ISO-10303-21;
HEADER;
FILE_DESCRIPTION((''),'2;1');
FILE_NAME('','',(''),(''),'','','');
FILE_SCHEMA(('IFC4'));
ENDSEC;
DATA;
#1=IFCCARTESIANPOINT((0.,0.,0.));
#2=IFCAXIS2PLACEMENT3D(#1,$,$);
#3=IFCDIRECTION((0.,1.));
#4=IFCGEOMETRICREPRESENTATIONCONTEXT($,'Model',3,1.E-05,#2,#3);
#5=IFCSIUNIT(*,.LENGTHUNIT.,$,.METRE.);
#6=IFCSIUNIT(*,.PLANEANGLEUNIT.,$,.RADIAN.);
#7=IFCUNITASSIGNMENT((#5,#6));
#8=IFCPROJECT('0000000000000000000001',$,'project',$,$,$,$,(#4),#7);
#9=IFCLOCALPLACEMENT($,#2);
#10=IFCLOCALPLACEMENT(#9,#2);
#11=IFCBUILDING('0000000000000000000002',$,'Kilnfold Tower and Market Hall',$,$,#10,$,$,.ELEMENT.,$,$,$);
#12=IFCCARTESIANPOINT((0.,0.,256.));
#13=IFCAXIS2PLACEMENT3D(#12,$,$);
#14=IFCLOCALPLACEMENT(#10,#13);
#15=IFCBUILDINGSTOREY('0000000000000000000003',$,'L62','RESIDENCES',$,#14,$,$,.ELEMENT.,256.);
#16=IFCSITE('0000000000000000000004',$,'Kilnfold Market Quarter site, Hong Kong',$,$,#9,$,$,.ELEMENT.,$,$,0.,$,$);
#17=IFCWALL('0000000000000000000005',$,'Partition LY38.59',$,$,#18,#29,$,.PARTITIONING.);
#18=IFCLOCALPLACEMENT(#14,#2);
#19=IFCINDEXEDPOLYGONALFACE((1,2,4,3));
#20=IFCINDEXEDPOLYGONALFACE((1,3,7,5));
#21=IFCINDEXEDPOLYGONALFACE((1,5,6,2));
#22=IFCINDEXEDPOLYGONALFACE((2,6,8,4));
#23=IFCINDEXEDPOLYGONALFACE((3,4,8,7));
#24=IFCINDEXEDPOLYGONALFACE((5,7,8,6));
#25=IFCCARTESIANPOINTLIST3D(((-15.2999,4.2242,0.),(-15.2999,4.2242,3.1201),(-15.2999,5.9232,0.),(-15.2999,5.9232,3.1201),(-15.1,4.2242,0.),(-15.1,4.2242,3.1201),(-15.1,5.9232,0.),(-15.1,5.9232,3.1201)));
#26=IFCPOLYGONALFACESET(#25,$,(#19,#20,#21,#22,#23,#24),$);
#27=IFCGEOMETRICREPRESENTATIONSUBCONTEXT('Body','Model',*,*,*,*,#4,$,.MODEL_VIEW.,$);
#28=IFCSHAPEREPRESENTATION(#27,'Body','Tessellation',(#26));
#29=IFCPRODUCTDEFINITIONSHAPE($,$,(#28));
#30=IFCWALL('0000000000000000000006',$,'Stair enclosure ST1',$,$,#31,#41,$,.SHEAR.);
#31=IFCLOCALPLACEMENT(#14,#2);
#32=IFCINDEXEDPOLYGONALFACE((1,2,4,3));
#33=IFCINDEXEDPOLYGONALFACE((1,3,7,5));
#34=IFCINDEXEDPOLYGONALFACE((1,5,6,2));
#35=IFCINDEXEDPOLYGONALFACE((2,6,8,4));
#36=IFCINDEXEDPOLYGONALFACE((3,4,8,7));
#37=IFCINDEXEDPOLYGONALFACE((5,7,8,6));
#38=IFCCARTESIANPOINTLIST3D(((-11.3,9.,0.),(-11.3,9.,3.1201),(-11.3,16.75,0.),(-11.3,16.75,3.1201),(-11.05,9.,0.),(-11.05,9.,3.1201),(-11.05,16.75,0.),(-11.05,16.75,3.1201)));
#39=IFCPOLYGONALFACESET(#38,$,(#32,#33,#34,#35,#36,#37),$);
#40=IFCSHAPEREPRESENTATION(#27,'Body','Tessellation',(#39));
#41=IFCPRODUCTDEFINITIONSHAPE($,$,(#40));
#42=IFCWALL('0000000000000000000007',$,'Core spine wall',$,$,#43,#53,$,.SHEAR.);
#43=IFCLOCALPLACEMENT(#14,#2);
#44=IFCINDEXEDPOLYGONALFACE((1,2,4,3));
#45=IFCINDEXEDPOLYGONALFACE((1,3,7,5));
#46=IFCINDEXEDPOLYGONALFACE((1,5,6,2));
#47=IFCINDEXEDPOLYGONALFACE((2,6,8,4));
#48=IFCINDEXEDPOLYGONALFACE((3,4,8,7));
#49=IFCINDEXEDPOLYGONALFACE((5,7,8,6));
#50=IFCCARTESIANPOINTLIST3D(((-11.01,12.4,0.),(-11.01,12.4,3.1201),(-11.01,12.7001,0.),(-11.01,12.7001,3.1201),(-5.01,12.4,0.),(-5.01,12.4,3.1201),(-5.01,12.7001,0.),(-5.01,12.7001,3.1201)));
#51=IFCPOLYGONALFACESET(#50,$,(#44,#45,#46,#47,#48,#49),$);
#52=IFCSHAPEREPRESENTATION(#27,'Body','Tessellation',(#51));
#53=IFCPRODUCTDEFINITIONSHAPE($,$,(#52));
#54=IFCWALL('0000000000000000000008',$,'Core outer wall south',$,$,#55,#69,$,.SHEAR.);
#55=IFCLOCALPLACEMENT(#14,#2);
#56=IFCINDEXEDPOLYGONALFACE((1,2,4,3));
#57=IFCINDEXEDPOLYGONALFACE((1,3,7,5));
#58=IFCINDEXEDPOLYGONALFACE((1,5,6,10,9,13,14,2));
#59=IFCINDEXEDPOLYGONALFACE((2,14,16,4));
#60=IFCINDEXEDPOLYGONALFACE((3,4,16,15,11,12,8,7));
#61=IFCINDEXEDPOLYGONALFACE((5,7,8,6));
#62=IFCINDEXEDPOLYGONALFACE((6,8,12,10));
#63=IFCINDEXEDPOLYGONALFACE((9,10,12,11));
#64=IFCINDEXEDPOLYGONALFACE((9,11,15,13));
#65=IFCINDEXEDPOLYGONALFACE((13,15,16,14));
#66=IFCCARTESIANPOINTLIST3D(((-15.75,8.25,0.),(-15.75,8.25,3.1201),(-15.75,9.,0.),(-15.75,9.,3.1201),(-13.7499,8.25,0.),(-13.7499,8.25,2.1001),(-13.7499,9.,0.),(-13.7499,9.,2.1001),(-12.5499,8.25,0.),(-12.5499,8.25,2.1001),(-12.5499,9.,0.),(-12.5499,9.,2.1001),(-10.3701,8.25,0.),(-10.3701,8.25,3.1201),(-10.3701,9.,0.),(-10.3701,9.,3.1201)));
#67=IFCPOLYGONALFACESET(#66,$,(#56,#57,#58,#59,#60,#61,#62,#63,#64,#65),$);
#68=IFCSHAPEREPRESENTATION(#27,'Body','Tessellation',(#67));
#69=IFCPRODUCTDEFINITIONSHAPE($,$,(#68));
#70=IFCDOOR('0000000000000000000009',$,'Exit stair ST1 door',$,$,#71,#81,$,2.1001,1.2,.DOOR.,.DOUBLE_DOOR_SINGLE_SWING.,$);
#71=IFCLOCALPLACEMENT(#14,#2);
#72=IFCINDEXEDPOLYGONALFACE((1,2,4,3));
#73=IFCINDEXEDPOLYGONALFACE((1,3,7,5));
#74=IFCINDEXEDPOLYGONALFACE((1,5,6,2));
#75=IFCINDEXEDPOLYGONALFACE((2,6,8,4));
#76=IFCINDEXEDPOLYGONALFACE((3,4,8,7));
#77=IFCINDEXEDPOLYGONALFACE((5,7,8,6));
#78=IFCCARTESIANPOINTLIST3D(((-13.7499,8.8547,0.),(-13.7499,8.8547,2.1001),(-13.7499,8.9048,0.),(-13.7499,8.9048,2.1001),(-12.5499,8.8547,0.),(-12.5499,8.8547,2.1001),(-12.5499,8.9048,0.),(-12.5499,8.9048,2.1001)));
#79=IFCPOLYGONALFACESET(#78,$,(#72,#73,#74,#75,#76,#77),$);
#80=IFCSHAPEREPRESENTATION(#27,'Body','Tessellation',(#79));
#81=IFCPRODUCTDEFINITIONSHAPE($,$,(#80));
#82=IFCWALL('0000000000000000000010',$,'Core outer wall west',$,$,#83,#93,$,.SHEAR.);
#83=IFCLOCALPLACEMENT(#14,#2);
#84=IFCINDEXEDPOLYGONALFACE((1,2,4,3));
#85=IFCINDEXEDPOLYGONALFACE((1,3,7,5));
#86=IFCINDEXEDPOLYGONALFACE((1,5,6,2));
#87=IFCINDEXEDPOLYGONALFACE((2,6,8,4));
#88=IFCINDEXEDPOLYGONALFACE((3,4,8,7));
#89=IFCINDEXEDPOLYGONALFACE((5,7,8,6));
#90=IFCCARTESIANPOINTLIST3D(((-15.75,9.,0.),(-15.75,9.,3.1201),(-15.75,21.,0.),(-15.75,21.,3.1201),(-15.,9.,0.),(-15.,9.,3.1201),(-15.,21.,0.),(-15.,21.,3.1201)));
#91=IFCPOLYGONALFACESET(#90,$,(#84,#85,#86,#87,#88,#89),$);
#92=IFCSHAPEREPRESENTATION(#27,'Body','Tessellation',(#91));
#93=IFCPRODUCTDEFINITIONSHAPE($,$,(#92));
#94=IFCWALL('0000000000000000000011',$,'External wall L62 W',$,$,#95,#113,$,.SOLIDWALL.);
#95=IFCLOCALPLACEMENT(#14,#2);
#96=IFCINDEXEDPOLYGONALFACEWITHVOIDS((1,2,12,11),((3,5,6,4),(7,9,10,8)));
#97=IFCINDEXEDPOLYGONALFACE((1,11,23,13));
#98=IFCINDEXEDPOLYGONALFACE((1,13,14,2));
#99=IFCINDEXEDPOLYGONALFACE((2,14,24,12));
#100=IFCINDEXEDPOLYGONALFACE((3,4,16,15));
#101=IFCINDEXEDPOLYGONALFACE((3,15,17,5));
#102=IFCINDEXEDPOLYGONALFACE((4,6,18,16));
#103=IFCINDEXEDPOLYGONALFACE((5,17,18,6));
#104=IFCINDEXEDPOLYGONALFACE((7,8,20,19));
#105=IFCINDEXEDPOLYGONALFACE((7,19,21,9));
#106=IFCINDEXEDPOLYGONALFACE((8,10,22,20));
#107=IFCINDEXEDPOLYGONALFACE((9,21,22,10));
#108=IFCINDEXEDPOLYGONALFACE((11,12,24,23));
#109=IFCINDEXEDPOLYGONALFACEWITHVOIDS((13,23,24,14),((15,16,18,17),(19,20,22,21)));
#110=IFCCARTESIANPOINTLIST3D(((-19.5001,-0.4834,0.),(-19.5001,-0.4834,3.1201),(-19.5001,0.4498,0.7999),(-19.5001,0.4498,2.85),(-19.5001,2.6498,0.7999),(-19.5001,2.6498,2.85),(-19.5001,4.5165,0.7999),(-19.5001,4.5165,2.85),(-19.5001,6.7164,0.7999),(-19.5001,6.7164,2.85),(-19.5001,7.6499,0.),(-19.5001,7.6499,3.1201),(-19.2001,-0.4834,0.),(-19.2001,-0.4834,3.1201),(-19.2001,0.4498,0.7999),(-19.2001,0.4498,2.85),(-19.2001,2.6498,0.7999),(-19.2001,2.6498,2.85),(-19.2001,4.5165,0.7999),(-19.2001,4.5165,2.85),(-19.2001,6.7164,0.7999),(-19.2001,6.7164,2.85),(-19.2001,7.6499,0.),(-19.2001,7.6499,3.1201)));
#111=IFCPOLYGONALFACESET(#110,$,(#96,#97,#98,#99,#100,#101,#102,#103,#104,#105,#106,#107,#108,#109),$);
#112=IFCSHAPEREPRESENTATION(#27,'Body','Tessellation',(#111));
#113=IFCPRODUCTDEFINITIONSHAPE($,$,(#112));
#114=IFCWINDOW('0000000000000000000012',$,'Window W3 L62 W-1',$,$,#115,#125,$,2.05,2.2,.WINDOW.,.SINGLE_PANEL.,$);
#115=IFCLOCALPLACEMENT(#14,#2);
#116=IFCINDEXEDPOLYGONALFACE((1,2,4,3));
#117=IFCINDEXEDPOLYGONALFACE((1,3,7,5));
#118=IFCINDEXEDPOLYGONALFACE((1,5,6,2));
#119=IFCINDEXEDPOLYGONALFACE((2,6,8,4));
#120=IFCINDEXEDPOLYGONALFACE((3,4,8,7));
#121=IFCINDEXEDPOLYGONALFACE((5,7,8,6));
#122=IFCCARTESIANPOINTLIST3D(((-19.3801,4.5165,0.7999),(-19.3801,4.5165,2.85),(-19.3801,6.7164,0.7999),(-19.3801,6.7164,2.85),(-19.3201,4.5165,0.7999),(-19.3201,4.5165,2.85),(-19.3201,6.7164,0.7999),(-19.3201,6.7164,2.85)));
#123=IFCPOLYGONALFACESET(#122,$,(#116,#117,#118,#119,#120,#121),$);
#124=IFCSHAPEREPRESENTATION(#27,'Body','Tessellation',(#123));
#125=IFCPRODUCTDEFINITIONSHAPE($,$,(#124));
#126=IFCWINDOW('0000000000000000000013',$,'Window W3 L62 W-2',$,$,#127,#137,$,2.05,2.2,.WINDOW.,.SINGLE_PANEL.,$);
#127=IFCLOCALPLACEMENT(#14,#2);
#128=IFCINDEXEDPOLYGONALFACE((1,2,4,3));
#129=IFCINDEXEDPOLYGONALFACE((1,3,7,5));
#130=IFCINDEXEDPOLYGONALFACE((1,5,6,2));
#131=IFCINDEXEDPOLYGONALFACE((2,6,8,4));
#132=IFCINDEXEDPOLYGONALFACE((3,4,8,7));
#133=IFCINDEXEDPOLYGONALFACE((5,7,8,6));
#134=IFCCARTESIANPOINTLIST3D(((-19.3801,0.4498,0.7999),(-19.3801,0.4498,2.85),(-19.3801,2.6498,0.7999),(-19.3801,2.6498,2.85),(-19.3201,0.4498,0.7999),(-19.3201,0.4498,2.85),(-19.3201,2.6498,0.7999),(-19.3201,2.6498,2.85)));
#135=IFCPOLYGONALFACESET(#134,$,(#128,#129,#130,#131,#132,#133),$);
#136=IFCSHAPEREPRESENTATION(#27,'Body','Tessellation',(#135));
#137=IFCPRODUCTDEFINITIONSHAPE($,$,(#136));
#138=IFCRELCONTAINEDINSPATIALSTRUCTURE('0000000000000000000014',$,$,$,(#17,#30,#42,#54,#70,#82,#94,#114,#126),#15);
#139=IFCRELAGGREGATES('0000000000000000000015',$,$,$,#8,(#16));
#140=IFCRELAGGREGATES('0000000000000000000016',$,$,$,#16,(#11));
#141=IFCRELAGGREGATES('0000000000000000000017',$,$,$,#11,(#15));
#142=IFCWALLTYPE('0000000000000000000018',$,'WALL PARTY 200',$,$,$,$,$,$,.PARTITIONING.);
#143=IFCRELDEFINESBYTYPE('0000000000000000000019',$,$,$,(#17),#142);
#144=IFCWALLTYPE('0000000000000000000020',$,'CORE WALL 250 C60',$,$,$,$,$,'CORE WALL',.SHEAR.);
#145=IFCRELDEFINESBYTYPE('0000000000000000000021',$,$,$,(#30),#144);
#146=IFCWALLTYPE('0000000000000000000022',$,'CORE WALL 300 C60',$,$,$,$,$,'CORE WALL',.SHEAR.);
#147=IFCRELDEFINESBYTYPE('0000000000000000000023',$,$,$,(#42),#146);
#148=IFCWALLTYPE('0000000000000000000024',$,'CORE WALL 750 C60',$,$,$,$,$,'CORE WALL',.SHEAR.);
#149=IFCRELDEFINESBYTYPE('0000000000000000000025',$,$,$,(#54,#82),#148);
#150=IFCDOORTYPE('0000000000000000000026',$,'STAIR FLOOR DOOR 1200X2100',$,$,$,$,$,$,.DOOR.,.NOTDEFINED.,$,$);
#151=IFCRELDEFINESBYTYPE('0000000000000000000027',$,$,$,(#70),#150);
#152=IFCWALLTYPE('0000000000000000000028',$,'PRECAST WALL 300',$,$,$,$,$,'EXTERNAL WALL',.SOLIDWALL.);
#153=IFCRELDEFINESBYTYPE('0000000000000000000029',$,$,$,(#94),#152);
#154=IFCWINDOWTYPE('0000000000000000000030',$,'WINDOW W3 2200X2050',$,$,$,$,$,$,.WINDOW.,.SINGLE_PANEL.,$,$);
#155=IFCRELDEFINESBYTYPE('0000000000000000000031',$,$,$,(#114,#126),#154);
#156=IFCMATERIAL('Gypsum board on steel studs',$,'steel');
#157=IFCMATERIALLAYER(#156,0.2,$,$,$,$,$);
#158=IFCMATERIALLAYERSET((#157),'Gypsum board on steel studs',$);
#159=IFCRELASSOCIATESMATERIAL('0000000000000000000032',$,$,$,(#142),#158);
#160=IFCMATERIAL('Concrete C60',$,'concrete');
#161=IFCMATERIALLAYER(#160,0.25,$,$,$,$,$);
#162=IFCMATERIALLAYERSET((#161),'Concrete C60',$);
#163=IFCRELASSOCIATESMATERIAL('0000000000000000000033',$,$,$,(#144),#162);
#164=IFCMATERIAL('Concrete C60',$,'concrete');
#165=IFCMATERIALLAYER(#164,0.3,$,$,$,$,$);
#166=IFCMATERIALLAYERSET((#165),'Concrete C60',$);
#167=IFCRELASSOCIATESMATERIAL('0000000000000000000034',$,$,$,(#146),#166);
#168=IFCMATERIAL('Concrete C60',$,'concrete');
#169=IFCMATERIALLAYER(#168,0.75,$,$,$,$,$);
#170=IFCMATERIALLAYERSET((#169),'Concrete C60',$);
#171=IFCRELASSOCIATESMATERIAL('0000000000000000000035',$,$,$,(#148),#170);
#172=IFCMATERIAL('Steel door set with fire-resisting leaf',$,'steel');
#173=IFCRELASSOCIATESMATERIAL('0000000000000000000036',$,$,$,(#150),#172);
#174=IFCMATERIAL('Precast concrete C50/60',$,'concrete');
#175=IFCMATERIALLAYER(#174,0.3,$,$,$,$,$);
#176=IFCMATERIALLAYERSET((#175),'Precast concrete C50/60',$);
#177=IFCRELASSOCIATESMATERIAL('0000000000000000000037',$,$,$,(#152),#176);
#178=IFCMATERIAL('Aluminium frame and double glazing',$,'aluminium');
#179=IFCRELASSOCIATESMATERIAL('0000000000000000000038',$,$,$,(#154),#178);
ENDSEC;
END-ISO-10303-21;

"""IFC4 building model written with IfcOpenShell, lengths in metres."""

from ifc_helpers import new_model, si_unit, direction, frame, frame_2d, origin, place, context, subcontext, project, spatial, rectangle, extrude, source, transform, mapped, material, layer, layer_set, type_object, element, fill, save


model = new_model("IFC4")

# Units and contexts
model_context = context("Model", 3, precision=1e-05, world=origin(), true_north=direction((0.0, 1.0)))
body_context = subcontext(model_context, "Body", "Model", "MODEL_VIEW")
ifc_project = project(units=[si_unit("LENGTHUNIT", "METRE"), si_unit("PLANEANGLEUNIT", "RADIAN")], contexts=[model_context])

# Site, building, storey
site_placement = place(None, origin())
site = spatial("IfcSite", under=ifc_project, at=site_placement, Name="Kilnfold Market Quarter site, Hong Kong", CompositionType="ELEMENT", RefElevation=0.0)
building_placement = place(site_placement, origin())
building = spatial("IfcBuilding", under=site, at=building_placement, Name="Kilnfold Tower and Market Hall", CompositionType="ELEMENT")
storey_placement = place(building_placement, frame((0.0, 0.0, 256.0)))
storey = spatial("IfcBuildingStorey", under=building, at=storey_placement, Name="L62", Description="RESIDENCES", CompositionType="ELEMENT", Elevation=256.0)

# Walls
ifc_material_1 = material(Name="Gypsum board on steel studs", Category="steel")
ifc_layer_1 = layer(ifc_material_1, 0.2)
ifc_layer_set_1 = layer_set([ifc_layer_1], Name="Gypsum board on steel studs")
wall_type_1 = type_object("IfcWallType", Name="WALL PARTY 200", PredefinedType="PARTITIONING", material=ifc_layer_set_1)
wall_1_placement = place(storey_placement, frame((-15.2, 4.2241, 0.0), z_axis=(0.0, 0.0, 1.0), x_axis=(0.0, 1.0, 0.0)))
element("IfcWall", 1, at=wall_1_placement, inside=storey, type_object=wall_type_1, Name="Partition LY38.59", PredefinedType="PARTITIONING", context=body_context, shape_type="SweptSolid", body=[
    extrude(rectangle(XDim=1.699, YDim=0.2, at=frame_2d((0.8496, 0.0))), origin(), (0.0, 0.0, 1.0), 3.1201),
])
ifc_material_2 = material(Name="Concrete C60", Category="concrete")
ifc_layer_2 = layer(ifc_material_2, 0.25)
ifc_layer_set_2 = layer_set([ifc_layer_2], Name="Concrete C60")
wall_type_2 = type_object("IfcWallType", Name="CORE WALL 250 C60", ElementType="CORE WALL", PredefinedType="SHEAR", material=ifc_layer_set_2)
shared_shape_1 = source(origin(), body_context, "Body", "SweptSolid", [
    extrude(rectangle(XDim=7.75, YDim=0.25, at=frame_2d((3.875, 0.0))), origin(), (0.0, 0.0, 1.0), 3.1201),
])
wall_2_placement = place(storey_placement, frame((-11.175, 9.0, 0.0), z_axis=(0.0, 0.0, 1.0), x_axis=(0.0, 1.0, 0.0)))
element("IfcWall", 2, at=wall_2_placement, inside=storey, type_object=wall_type_2, Name="Stair enclosure ST1", PredefinedType="SHEAR", context=body_context, shape_type="MappedRepresentation", body=[
    mapped(shared_shape_1, transform((0.0, 0.0, 0.0))),
])
ifc_material_3 = material(Name="Concrete C60", Category="concrete")
ifc_layer_3 = layer(ifc_material_3, 0.3)
ifc_layer_set_3 = layer_set([ifc_layer_3], Name="Concrete C60")
wall_type_3 = type_object("IfcWallType", Name="CORE WALL 300 C60", ElementType="CORE WALL", PredefinedType="SHEAR", material=ifc_layer_set_3)
shared_shape_2 = source(origin(), body_context, "Body", "SweptSolid", [
    extrude(rectangle(XDim=6.0, YDim=0.3, at=frame_2d((3.0, 0.0))), origin(), (0.0, 0.0, 1.0), 3.1201),
])
wall_3_placement = place(storey_placement, frame((-11.01, 12.55, 0.0), z_axis=(0.0, 0.0, 1.0), x_axis=(1.0, 0.0, 0.0)))
element("IfcWall", 3, at=wall_3_placement, inside=storey, type_object=wall_type_3, Name="Core spine wall", PredefinedType="SHEAR", context=body_context, shape_type="MappedRepresentation", body=[
    mapped(shared_shape_2, transform((0.0, 0.0, 0.0))),
])

# Wall, opening, door
ifc_material_4 = material(Name="Concrete C60", Category="concrete")
ifc_layer_4 = layer(ifc_material_4, 0.75)
ifc_layer_set_4 = layer_set([ifc_layer_4], Name="Concrete C60")
wall_type_4 = type_object("IfcWallType", Name="CORE WALL 750 C60", ElementType="CORE WALL", PredefinedType="SHEAR", material=ifc_layer_set_4)
shared_shape_3 = source(origin(), body_context, "Body", "SweptSolid", [
    extrude(rectangle(XDim=5.3799, YDim=0.75, at=frame_2d((2.6899, 0.0))), origin(), (0.0, 0.0, 1.0), 3.1201),
])
wall_4_placement = place(storey_placement, frame((-15.75, 8.625, 0.0), z_axis=(0.0, 0.0, 1.0), x_axis=(1.0, 0.0, 0.0)))
wall_4 = element("IfcWall", 4, at=wall_4_placement, inside=storey, type_object=wall_type_4, Name="Core outer wall south", PredefinedType="SHEAR", context=body_context, shape_type="MappedRepresentation", body=[
    mapped(shared_shape_3, transform((0.0, 0.0, 0.0))),
])
opening_1_placement = place(wall_4_placement, frame((2.0, 0.0, 0.0)))
opening_1 = element("IfcOpeningElement", 5, at=opening_1_placement, cuts=wall_4, PredefinedType="OPENING", context=body_context, shape_type="SweptSolid", body=[
    extrude(rectangle(XDim=1.2, YDim=2.1001, at=frame_2d((0.6001, 1.05))), frame((0.0, 0.385, 0.0), z_axis=(0.0, -1.0, 0.0), x_axis=(1.0, 0.0, 0.0)), (0.0, 0.0, 1.0), 0.77),
])
ifc_material_5 = material(Name="Steel door set with fire-resisting leaf", Category="steel")
door_type_1 = type_object("IfcDoorType", Name="STAIR FLOOR DOOR 1200X2100", OperationType="NOTDEFINED", PredefinedType="DOOR", material=ifc_material_5)
door_1_placement = place(opening_1_placement, origin())
door_1 = element("IfcDoor", 6, at=door_1_placement, inside=storey, type_object=door_type_1, Name="Exit stair ST1 door", OperationType="DOUBLE_DOOR_SINGLE_SWING", OverallHeight=2.1001, OverallWidth=1.2, PredefinedType="DOOR", context=body_context, shape_type="SweptSolid", body=[
    extrude(rectangle(XDim=1.2, YDim=2.1001, at=frame_2d((0.6001, 1.05))), frame((0.0, 0.2798, 0.0), z_axis=(0.0, -1.0, 0.0), x_axis=(1.0, 0.0, 0.0)), (0.0, 0.0, 1.0), 0.05),
])
fill(opening_1, door_1)

# Wall
shared_shape_4 = source(origin(), body_context, "Body", "SweptSolid", [
    extrude(rectangle(XDim=12.0, YDim=0.75, at=frame_2d((6.0, 0.0))), origin(), (0.0, 0.0, 1.0), 3.1201),
])
wall_5_placement = place(storey_placement, frame((-15.375, 9.0, 0.0), z_axis=(0.0, 0.0, 1.0), x_axis=(0.0, 1.0, 0.0)))
element("IfcWall", 7, at=wall_5_placement, inside=storey, type_object=wall_type_4, Name="Core outer wall west", PredefinedType="SHEAR", context=body_context, shape_type="MappedRepresentation", body=[
    mapped(shared_shape_4, transform((0.0, 0.0, 0.0))),
])

# Wall, openings, windows
ifc_material_6 = material(Name="Precast concrete C50/60", Category="concrete")
ifc_layer_5 = layer(ifc_material_6, 0.3)
ifc_layer_set_5 = layer_set([ifc_layer_5], Name="Precast concrete C50/60")
wall_type_5 = type_object("IfcWallType", Name="PRECAST WALL 300", ElementType="EXTERNAL WALL", PredefinedType="SOLIDWALL", material=ifc_layer_set_5)
shared_shape_5 = source(origin(), body_context, "Body", "SweptSolid", [
    extrude(rectangle(XDim=8.1333, YDim=0.3, at=frame_2d((4.0667, 0.0))), origin(), (0.0, 0.0, 1.0), 3.1201),
])
wall_6_placement = place(storey_placement, frame((-19.3501, 7.6499, 0.0), z_axis=(0.0, 0.0, 1.0), x_axis=(0.0, -1.0, 0.0)))
wall_6 = element("IfcWall", 8, at=wall_6_placement, inside=storey, type_object=wall_type_5, Name="External wall L62 W", PredefinedType="SOLIDWALL", context=body_context, shape_type="MappedRepresentation", body=[
    mapped(shared_shape_5, transform((0.0, 0.0, 0.0))),
])
opening_2_placement = place(wall_6_placement, frame((0.9333, 0.0, 0.8)))
opening_2 = element("IfcOpeningElement", 9, at=opening_2_placement, cuts=wall_6, PredefinedType="OPENING", context=body_context, shape_type="SweptSolid", body=[
    extrude(rectangle(XDim=2.2, YDim=2.05, at=frame_2d((1.1001, 1.0249))), frame((0.0, 0.1602, 0.0), z_axis=(0.0, -1.0, 0.0), x_axis=(1.0, 0.0, 0.0)), (0.0, 0.0, 1.0), 0.3201),
])
opening_3_placement = place(wall_6_placement, frame((5.0, 0.0, 0.8)))
opening_3 = element("IfcOpeningElement", 10, at=opening_3_placement, cuts=wall_6, PredefinedType="OPENING", context=body_context, shape_type="SweptSolid", body=[
    extrude(rectangle(XDim=2.2, YDim=2.05, at=frame_2d((1.1001, 1.0249))), frame((0.0, 0.1602, 0.0), z_axis=(0.0, -1.0, 0.0), x_axis=(1.0, 0.0, 0.0)), (0.0, 0.0, 1.0), 0.3201),
])
ifc_material_7 = material(Name="Aluminium frame and double glazing", Category="aluminium")
window_type = type_object("IfcWindowType", Name="WINDOW W3 2200X2050", PartitioningType="SINGLE_PANEL", PredefinedType="WINDOW", material=ifc_material_7)
window_1_placement = place(opening_2_placement, origin())
window_1 = element("IfcWindow", 11, at=window_1_placement, inside=storey, type_object=window_type, Name="Window W3 L62 W-1", OverallHeight=2.05, OverallWidth=2.2, PartitioningType="SINGLE_PANEL", PredefinedType="WINDOW", context=body_context, shape_type="SweptSolid", body=[
    extrude(rectangle(XDim=2.2, YDim=2.05, at=frame_2d((1.1001, 1.0249))), frame((0.0, 0.03, 0.0), z_axis=(0.0, -1.0, 0.0), x_axis=(1.0, 0.0, 0.0)), (0.0, 0.0, 1.0), 0.0601),
])
fill(opening_2, window_1)
window_2_placement = place(opening_3_placement, origin())
window_2 = element("IfcWindow", 12, at=window_2_placement, inside=storey, type_object=window_type, Name="Window W3 L62 W-2", OverallHeight=2.05, OverallWidth=2.2, PartitioningType="SINGLE_PANEL", PredefinedType="WINDOW", context=body_context, shape_type="SweptSolid", body=[
    extrude(rectangle(XDim=2.2, YDim=2.05, at=frame_2d((1.1001, 1.0249))), frame((0.0, 0.03, 0.0), z_axis=(0.0, -1.0, 0.0), x_axis=(1.0, 0.0, 0.0)), (0.0, 0.0, 1.0), 0.0601),
])
fill(opening_3, window_2)

save(model, "model.ifc")
